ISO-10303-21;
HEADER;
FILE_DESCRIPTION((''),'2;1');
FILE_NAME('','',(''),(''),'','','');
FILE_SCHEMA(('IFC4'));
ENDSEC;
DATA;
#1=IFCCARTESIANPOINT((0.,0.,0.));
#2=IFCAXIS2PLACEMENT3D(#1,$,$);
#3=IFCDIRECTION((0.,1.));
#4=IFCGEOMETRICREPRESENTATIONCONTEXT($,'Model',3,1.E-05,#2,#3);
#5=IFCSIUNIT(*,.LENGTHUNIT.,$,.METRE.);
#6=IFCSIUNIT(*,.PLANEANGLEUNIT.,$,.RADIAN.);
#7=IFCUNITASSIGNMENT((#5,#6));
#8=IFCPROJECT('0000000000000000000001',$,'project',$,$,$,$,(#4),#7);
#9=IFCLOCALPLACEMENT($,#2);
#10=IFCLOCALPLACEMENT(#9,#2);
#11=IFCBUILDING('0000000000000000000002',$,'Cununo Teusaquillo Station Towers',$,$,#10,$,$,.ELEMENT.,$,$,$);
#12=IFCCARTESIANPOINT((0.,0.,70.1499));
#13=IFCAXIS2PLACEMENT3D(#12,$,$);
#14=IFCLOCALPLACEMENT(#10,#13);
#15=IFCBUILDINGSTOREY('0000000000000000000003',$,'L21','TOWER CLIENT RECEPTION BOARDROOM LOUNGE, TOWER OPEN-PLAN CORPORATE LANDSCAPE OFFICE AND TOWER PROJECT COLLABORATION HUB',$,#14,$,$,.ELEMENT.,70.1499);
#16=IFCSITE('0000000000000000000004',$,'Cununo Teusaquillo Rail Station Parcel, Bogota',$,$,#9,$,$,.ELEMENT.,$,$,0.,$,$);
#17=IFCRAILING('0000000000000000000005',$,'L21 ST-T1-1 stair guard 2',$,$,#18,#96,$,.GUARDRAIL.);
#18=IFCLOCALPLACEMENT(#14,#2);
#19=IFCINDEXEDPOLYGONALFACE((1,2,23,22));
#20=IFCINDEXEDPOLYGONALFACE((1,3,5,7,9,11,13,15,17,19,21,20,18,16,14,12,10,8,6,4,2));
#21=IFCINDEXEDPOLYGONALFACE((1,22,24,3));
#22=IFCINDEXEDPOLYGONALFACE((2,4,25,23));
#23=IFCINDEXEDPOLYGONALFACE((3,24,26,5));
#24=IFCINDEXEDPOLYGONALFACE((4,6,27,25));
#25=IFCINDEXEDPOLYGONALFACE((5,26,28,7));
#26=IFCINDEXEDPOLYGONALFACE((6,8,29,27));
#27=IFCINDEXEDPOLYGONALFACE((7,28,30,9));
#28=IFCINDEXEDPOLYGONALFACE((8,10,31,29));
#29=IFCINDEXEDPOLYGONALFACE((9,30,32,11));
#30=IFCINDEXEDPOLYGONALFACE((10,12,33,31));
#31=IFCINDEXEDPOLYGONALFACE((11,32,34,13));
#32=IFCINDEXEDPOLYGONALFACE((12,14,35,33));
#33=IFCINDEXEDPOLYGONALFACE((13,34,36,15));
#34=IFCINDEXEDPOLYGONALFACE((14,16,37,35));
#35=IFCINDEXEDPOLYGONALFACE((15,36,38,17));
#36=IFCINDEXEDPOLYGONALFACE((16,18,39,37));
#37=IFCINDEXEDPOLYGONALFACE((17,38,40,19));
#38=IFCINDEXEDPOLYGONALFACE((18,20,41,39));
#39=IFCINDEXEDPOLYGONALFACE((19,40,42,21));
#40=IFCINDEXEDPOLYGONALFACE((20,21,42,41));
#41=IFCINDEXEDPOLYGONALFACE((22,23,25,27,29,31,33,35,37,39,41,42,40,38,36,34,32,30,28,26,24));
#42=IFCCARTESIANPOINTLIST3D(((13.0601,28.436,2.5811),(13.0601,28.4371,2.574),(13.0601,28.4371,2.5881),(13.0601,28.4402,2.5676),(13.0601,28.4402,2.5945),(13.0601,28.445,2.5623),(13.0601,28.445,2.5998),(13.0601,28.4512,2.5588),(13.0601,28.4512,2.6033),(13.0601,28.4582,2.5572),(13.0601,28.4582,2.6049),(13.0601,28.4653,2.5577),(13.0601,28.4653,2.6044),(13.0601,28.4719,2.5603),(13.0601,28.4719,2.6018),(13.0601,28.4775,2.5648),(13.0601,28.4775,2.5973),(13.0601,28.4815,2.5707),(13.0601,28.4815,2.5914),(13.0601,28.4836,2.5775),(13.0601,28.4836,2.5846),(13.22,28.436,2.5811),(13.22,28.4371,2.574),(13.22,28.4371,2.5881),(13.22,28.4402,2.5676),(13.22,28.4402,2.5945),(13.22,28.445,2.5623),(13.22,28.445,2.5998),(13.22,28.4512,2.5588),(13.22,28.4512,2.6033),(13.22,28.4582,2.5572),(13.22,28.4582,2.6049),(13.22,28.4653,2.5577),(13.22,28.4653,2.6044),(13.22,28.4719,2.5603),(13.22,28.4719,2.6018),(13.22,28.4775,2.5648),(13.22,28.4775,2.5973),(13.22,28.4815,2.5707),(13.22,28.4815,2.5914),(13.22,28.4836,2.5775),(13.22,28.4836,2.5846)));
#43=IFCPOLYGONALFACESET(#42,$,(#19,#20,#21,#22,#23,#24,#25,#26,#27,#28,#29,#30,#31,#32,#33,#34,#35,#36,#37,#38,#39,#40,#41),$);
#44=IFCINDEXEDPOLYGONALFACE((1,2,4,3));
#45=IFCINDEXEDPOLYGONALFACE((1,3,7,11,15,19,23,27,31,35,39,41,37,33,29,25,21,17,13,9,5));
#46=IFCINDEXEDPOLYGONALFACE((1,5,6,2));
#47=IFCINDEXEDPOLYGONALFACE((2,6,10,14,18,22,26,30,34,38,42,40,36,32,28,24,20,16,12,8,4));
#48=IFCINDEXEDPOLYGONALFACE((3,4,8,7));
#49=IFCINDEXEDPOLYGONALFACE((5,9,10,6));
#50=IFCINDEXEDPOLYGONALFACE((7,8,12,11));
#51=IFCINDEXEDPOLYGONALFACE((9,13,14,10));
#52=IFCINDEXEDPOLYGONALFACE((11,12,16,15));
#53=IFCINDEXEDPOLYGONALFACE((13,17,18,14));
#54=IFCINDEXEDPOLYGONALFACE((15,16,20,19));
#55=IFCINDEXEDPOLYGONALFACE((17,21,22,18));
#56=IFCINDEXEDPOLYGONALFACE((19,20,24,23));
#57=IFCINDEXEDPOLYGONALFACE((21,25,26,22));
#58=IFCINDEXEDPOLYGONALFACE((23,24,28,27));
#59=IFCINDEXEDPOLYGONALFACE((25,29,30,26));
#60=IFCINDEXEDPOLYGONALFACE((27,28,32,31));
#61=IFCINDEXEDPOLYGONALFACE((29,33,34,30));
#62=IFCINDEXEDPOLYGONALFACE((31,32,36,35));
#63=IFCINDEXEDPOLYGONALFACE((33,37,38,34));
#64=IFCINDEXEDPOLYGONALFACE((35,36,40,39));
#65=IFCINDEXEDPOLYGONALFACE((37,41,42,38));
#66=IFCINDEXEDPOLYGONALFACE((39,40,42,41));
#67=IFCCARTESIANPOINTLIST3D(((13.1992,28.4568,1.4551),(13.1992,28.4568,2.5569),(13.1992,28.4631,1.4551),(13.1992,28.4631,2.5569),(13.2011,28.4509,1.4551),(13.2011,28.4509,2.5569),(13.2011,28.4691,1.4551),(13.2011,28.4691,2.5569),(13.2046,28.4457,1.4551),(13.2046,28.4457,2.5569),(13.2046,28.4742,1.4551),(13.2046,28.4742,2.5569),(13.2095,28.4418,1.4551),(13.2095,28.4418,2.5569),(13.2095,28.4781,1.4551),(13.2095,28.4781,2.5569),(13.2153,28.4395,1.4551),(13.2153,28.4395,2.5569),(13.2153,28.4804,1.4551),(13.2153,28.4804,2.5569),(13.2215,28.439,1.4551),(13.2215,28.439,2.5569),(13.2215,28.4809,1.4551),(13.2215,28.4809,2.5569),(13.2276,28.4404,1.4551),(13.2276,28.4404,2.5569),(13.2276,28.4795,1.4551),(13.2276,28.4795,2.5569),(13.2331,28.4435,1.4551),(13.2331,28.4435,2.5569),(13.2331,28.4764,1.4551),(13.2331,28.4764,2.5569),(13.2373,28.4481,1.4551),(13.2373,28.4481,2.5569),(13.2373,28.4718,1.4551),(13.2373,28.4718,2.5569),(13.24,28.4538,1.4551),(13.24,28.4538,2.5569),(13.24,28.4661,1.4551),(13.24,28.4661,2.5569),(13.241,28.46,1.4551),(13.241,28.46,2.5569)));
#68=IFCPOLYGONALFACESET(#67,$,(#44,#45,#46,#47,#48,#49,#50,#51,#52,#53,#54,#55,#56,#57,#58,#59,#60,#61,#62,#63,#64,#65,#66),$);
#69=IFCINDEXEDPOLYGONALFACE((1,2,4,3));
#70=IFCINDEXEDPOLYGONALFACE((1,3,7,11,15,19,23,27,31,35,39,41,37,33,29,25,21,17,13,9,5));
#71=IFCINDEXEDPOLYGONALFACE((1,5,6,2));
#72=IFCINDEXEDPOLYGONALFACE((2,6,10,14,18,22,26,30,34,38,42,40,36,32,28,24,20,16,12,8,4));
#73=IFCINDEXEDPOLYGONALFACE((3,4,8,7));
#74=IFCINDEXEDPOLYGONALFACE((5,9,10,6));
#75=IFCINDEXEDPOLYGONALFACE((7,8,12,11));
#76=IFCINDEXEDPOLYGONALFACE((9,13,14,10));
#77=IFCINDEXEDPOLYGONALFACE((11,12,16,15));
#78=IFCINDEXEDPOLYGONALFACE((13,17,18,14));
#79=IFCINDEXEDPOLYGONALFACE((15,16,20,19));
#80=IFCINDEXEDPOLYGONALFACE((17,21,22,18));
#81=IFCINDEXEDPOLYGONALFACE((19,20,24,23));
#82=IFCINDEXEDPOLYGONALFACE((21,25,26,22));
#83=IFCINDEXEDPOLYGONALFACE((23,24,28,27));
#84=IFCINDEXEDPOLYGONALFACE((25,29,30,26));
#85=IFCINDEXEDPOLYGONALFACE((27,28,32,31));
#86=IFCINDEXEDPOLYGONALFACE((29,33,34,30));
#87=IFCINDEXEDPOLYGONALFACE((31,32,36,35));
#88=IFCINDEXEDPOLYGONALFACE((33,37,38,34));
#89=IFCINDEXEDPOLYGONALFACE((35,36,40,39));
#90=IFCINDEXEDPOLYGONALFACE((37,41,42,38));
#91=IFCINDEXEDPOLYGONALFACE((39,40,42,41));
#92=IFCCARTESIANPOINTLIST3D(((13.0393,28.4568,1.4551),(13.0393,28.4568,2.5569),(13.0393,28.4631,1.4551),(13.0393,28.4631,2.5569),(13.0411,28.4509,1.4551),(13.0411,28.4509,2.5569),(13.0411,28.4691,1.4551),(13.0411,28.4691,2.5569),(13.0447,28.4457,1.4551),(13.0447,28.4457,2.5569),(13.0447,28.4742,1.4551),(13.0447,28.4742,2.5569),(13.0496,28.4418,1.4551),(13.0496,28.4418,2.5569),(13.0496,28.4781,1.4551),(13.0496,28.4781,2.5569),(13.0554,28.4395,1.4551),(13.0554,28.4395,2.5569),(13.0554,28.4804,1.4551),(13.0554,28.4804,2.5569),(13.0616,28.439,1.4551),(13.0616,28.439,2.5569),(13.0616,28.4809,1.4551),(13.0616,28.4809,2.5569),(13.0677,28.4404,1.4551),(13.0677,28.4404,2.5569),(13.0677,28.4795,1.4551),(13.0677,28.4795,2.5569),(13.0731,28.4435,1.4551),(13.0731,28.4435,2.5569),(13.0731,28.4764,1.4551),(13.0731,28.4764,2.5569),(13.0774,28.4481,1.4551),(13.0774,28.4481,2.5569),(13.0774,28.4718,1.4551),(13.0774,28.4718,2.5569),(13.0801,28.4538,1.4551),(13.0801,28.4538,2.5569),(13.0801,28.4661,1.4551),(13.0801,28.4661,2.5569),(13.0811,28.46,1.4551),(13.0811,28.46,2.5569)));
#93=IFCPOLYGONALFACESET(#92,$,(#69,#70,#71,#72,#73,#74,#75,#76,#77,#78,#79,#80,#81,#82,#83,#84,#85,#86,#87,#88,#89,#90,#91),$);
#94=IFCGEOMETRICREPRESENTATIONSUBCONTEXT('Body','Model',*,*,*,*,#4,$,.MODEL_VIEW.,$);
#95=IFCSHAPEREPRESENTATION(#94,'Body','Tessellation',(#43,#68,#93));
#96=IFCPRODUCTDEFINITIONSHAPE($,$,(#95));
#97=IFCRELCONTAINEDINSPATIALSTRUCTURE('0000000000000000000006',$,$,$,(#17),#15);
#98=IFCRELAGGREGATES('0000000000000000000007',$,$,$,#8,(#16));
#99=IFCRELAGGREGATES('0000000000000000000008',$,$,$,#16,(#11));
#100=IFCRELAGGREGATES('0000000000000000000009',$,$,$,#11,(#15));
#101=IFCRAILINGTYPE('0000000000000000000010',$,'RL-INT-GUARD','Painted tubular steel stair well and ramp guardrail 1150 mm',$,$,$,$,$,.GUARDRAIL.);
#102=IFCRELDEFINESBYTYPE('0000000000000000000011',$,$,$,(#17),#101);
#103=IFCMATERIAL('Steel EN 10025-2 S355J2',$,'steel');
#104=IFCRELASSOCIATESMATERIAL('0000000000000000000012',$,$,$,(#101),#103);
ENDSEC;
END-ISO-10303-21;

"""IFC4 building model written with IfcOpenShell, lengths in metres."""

from ifc_helpers import new_model, si_unit, direction, frame, origin, origin_2d, place, context, subcontext, project, spatial, circle, extrude, material, type_object, element, save


model = new_model("IFC4")

# Units and contexts
model_context = context("Model", 3, precision=1e-05, world=origin(), true_north=direction((0.0, 1.0)))
body_context = subcontext(model_context, "Body", "Model", "MODEL_VIEW")
ifc_project = project(units=[si_unit("LENGTHUNIT", "METRE"), si_unit("PLANEANGLEUNIT", "RADIAN")], contexts=[model_context])

# Site, building, storey
site_placement = place(None, origin())
site = spatial("IfcSite", under=ifc_project, at=site_placement, Name="Cununo Teusaquillo Rail Station Parcel, Bogota", CompositionType="ELEMENT", RefElevation=0.0)
building_placement = place(site_placement, origin())
building = spatial("IfcBuilding", under=site, at=building_placement, Name="Cununo Teusaquillo Station Towers", CompositionType="ELEMENT")
storey_placement = place(building_placement, frame((0.0, 0.0, 70.1499)))
storey = spatial("IfcBuildingStorey", under=building, at=storey_placement, Name="L21", Description="TOWER CLIENT RECEPTION BOARDROOM LOUNGE, TOWER OPEN-PLAN CORPORATE LANDSCAPE OFFICE AND TOWER PROJECT COLLABORATION HUB", CompositionType="ELEMENT", Elevation=70.1499)

# Railing
ifc_material_1 = material(Name="Steel EN 10025-2 S355J2", Category="steel")
railing_type_1 = type_object("IfcRailingType", Name="RL-INT-GUARD", Description="Painted tubular steel stair well and ramp guardrail 1150 mm", PredefinedType="GUARDRAIL", material=ifc_material_1)
railing_1_placement = place(storey_placement, frame((13.22, 28.46, 1.4551)))
element("IfcRailing", 1, at=railing_1_placement, inside=storey, type_object=railing_type_1, Name="L21 ST-T1-1 stair guard 2", PredefinedType="GUARDRAIL", context=body_context, shape_type="SweptSolid", body=[
    extrude(circle(Radius=0.0239, at=origin_2d()), frame((0.0, 0.0, 1.126), z_axis=(-1.0, 0.0, 0.0), x_axis=(0.0, -1.0, 0.0)), (0.0, 0.0, 1.0), 0.1599),
    extrude(circle(Radius=0.021, at=origin_2d()), origin(), (0.0, 0.0, 1.0), 1.1018),
    extrude(circle(Radius=0.021, at=origin_2d()), frame((-0.1599, 0.0, 0.0)), (0.0, 0.0, 1.0), 1.1018),
])

save(model, "model.ifc")
